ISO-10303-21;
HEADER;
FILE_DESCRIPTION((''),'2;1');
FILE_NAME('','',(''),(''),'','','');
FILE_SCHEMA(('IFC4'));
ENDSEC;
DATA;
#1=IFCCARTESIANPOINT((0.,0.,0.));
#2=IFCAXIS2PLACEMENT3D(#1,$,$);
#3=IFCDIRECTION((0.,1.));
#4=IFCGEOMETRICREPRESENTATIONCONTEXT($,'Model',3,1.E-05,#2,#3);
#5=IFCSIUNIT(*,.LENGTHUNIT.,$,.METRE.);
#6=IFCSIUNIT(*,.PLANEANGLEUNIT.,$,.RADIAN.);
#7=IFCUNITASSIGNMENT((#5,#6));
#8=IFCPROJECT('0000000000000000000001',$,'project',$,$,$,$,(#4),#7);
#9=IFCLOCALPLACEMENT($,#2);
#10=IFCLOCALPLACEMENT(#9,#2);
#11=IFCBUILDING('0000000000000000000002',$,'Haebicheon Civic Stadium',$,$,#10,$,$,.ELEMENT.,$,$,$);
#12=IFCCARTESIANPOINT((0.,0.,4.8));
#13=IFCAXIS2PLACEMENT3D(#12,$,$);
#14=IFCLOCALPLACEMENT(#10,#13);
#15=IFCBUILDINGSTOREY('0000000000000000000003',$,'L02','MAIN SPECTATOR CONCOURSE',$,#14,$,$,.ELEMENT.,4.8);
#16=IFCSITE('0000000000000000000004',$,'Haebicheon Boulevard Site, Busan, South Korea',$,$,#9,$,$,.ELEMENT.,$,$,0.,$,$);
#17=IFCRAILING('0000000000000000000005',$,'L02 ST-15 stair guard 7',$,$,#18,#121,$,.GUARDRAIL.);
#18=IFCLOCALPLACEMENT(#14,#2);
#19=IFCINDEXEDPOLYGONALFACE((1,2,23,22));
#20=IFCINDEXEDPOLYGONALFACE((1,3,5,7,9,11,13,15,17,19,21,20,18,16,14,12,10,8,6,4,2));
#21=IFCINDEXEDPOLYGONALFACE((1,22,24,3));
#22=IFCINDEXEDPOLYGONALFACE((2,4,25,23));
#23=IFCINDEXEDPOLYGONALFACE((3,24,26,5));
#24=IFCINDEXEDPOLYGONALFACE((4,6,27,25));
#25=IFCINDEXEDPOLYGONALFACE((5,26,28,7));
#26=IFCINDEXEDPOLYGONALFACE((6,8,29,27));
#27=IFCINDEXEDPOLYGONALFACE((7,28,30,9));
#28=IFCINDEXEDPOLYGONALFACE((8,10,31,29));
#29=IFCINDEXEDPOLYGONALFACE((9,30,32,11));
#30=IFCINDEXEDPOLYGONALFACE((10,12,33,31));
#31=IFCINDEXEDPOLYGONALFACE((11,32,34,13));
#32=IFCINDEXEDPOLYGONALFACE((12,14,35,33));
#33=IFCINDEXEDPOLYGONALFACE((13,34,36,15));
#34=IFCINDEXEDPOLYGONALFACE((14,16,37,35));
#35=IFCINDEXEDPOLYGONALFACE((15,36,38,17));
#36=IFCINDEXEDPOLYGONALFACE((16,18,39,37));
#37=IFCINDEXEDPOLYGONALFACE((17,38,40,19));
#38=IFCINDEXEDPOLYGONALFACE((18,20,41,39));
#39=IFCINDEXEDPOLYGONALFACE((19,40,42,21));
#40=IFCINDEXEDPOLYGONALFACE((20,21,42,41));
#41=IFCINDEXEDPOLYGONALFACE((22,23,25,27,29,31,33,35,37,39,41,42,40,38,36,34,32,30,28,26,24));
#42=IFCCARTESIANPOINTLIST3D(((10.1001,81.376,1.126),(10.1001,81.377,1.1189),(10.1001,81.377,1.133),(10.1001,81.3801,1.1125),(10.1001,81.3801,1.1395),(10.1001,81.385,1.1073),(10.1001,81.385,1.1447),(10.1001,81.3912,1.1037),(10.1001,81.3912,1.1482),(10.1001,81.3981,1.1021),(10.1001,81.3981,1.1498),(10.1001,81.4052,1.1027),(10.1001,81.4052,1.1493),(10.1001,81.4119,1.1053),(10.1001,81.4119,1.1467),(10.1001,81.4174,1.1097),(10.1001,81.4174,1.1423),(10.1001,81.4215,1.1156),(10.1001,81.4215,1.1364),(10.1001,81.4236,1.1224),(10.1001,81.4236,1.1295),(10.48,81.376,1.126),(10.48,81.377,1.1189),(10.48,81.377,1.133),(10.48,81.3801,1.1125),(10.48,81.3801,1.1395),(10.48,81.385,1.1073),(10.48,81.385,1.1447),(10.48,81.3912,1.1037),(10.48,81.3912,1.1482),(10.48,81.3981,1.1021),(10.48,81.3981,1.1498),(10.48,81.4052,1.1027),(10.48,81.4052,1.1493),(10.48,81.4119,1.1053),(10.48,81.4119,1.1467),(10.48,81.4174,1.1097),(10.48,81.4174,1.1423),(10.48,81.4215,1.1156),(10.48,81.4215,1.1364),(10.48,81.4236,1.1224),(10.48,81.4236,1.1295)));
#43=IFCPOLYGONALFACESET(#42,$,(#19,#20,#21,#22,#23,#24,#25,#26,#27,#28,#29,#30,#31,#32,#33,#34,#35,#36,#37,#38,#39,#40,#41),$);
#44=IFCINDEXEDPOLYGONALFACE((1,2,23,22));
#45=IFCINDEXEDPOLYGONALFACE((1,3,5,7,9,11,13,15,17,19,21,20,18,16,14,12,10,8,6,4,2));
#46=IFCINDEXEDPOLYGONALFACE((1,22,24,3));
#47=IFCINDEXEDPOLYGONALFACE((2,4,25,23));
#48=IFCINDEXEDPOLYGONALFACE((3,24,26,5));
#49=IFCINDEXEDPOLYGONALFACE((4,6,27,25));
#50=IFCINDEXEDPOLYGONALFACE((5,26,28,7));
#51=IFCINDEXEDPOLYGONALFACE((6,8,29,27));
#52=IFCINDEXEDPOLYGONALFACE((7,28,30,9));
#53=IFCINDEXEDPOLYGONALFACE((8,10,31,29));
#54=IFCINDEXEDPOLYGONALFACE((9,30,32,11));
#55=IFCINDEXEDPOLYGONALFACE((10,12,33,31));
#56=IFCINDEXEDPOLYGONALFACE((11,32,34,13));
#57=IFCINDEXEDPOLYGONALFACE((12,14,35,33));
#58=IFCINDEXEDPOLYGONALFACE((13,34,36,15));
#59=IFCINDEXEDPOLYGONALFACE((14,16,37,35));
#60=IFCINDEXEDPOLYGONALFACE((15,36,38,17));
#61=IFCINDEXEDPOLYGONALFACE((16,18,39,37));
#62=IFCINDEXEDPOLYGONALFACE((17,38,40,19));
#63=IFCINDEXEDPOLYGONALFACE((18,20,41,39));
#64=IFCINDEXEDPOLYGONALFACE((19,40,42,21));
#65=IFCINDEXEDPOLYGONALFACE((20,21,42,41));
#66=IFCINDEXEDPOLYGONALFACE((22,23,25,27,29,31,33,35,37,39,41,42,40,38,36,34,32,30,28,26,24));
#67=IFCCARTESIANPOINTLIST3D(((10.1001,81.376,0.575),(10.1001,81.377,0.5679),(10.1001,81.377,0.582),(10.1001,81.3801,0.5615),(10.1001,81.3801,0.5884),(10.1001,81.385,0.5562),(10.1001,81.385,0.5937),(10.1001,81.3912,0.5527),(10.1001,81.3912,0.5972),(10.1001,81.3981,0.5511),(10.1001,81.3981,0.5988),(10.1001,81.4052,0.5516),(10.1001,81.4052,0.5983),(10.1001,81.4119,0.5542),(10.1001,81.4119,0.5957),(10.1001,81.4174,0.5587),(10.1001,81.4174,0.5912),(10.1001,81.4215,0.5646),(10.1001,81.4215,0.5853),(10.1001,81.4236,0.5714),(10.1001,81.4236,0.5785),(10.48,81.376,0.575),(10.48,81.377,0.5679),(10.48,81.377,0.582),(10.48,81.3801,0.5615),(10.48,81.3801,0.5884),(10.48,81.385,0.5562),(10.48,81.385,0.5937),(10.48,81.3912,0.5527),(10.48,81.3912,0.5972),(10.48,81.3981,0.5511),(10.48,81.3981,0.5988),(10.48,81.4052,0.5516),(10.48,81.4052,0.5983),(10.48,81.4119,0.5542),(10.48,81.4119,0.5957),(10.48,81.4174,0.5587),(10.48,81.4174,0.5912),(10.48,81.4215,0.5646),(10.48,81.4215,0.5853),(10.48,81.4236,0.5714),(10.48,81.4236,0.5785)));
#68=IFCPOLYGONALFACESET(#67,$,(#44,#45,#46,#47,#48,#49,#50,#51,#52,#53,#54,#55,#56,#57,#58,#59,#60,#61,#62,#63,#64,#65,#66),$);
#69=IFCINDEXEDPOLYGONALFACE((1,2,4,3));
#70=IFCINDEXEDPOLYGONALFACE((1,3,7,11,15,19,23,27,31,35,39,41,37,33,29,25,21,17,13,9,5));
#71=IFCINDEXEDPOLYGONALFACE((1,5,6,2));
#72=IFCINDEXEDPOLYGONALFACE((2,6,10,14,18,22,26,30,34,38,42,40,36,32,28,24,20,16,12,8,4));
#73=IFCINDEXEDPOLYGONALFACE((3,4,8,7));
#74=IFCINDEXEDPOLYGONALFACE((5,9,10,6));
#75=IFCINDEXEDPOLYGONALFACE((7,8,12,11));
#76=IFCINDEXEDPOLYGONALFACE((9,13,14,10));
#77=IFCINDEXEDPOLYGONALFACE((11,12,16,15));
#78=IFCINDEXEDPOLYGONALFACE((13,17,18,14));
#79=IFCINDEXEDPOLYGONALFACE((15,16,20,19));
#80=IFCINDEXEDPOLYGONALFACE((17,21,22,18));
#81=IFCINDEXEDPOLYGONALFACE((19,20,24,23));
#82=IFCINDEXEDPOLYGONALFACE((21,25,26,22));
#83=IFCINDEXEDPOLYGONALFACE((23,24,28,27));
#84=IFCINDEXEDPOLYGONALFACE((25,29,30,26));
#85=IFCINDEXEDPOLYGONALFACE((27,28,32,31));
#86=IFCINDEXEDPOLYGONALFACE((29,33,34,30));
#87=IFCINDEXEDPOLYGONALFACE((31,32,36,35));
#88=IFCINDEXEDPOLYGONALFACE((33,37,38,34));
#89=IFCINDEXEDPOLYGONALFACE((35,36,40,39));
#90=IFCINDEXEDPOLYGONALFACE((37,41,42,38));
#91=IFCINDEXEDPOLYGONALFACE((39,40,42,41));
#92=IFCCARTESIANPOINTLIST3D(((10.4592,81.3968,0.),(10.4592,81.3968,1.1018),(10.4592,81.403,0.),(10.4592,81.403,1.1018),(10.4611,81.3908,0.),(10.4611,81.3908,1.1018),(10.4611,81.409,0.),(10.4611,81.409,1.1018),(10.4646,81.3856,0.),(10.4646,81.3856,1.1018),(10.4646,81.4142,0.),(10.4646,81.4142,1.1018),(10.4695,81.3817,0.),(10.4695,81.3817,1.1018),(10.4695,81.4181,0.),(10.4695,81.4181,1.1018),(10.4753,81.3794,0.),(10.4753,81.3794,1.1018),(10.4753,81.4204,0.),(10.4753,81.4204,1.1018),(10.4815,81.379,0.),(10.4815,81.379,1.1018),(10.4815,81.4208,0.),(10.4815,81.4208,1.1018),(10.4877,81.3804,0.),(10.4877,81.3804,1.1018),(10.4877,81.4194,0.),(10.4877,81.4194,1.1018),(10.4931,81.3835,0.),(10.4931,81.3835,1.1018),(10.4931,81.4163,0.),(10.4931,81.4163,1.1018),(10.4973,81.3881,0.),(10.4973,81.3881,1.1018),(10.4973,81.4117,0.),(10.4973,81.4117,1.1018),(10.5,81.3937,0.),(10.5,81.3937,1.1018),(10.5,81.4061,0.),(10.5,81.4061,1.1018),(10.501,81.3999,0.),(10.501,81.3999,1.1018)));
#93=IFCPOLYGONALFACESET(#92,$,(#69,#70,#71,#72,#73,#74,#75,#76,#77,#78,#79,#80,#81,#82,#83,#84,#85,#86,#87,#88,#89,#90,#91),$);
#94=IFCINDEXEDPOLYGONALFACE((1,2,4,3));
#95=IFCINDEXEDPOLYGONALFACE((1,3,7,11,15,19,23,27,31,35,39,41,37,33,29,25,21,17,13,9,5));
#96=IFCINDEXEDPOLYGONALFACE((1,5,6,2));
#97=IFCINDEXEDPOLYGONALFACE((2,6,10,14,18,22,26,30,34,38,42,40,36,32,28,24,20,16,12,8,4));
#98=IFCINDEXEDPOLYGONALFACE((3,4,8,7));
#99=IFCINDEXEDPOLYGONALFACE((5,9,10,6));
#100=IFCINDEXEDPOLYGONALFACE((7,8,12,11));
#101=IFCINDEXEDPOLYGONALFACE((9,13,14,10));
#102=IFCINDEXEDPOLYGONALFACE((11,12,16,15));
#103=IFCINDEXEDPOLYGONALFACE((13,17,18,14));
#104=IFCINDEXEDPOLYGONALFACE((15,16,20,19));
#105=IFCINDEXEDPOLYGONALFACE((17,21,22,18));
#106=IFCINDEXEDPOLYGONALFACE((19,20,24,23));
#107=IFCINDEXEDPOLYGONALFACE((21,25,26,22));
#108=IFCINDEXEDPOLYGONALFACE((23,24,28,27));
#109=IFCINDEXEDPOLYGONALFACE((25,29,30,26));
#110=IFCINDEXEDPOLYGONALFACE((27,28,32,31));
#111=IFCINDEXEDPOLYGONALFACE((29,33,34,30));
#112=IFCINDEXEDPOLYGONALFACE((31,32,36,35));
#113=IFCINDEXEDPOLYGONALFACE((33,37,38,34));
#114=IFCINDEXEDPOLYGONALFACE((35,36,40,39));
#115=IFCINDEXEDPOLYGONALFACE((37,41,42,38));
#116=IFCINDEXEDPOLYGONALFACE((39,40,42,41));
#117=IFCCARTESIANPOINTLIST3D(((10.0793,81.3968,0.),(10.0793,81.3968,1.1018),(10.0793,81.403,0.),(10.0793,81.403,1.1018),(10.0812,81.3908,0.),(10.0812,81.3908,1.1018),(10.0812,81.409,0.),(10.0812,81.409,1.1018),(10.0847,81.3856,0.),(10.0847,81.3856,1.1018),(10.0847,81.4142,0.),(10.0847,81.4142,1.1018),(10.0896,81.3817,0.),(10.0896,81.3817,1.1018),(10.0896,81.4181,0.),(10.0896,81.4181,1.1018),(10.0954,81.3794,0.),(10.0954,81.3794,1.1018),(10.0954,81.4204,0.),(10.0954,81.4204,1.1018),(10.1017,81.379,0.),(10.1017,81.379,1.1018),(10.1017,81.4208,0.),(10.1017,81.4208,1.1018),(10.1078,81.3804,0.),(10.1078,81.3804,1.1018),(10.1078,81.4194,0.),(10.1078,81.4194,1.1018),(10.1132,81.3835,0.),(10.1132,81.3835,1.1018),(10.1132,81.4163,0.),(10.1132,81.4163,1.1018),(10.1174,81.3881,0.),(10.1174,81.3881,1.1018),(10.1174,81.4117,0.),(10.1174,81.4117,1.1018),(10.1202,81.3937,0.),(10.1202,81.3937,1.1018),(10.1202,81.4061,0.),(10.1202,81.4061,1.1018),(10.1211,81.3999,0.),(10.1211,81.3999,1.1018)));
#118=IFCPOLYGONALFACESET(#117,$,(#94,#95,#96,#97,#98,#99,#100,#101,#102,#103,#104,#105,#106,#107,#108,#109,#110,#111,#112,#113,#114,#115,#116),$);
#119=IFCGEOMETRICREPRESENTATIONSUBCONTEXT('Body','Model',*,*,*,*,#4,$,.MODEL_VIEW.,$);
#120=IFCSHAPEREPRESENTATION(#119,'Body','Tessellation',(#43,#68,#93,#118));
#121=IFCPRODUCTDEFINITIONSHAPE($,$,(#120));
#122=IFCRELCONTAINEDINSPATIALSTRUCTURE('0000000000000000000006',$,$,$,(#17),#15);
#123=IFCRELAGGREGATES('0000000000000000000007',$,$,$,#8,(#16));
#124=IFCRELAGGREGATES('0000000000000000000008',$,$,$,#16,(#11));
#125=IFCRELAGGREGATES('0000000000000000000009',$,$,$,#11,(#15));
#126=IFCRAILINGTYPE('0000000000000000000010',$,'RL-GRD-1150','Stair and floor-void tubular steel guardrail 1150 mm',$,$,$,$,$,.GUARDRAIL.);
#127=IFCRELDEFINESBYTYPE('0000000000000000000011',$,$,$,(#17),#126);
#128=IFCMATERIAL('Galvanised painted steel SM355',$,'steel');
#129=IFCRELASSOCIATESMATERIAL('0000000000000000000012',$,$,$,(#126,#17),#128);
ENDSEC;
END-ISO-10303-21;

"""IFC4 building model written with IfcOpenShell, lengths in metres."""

from ifc_helpers import new_model, si_unit, direction, frame, origin, origin_2d, place, context, subcontext, project, spatial, circle, extrude, material, type_object, element, save


model = new_model("IFC4")

# Units and contexts
model_context = context("Model", 3, precision=1e-05, world=origin(), true_north=direction((0.0, 1.0)))
body_context = subcontext(model_context, "Body", "Model", "MODEL_VIEW")
ifc_project = project(units=[si_unit("LENGTHUNIT", "METRE"), si_unit("PLANEANGLEUNIT", "RADIAN")], contexts=[model_context])

# Site, building, storey
site_placement = place(None, origin())
site = spatial("IfcSite", under=ifc_project, at=site_placement, Name="Haebicheon Boulevard Site, Busan, South Korea", CompositionType="ELEMENT", RefElevation=0.0)
building_placement = place(site_placement, origin())
building = spatial("IfcBuilding", under=site, at=building_placement, Name="Haebicheon Civic Stadium", CompositionType="ELEMENT")
storey_placement = place(building_placement, frame((0.0, 0.0, 4.8)))
storey = spatial("IfcBuildingStorey", under=building, at=storey_placement, Name="L02", Description="MAIN SPECTATOR CONCOURSE", CompositionType="ELEMENT", Elevation=4.8)

# Railing
ifc_material_1 = material(Name="Galvanised painted steel SM355", Category="steel")
railing_type_1 = type_object("IfcRailingType", Name="RL-GRD-1150", Description="Stair and floor-void tubular steel guardrail 1150 mm", PredefinedType="GUARDRAIL", material=ifc_material_1)
railing_1_placement = place(storey_placement, frame((10.48, 81.3999, 0.0)))
element("IfcRailing", 1, at=railing_1_placement, inside=storey, type_object=railing_type_1, material=ifc_material_1, Name="L02 ST-15 stair guard 7", PredefinedType="GUARDRAIL", context=body_context, shape_type="SweptSolid", body=[
    extrude(circle(Radius=0.0239, at=origin_2d()), frame((0.0, 0.0, 1.126), z_axis=(-1.0, 0.0, 0.0), x_axis=(0.0, -1.0, 0.0)), (0.0, 0.0, 1.0), 0.3799),
    extrude(circle(Radius=0.0239, at=origin_2d()), frame((0.0, 0.0, 0.575), z_axis=(-1.0, 0.0, 0.0), x_axis=(0.0, -1.0, 0.0)), (0.0, 0.0, 1.0), 0.3799),
    extrude(circle(Radius=0.021, at=origin_2d()), origin(), (0.0, 0.0, 1.0), 1.1018),
    extrude(circle(Radius=0.021, at=origin_2d()), frame((-0.3799, 0.0, 0.0)), (0.0, 0.0, 1.0), 1.1018),
])

save(model, "model.ifc")
